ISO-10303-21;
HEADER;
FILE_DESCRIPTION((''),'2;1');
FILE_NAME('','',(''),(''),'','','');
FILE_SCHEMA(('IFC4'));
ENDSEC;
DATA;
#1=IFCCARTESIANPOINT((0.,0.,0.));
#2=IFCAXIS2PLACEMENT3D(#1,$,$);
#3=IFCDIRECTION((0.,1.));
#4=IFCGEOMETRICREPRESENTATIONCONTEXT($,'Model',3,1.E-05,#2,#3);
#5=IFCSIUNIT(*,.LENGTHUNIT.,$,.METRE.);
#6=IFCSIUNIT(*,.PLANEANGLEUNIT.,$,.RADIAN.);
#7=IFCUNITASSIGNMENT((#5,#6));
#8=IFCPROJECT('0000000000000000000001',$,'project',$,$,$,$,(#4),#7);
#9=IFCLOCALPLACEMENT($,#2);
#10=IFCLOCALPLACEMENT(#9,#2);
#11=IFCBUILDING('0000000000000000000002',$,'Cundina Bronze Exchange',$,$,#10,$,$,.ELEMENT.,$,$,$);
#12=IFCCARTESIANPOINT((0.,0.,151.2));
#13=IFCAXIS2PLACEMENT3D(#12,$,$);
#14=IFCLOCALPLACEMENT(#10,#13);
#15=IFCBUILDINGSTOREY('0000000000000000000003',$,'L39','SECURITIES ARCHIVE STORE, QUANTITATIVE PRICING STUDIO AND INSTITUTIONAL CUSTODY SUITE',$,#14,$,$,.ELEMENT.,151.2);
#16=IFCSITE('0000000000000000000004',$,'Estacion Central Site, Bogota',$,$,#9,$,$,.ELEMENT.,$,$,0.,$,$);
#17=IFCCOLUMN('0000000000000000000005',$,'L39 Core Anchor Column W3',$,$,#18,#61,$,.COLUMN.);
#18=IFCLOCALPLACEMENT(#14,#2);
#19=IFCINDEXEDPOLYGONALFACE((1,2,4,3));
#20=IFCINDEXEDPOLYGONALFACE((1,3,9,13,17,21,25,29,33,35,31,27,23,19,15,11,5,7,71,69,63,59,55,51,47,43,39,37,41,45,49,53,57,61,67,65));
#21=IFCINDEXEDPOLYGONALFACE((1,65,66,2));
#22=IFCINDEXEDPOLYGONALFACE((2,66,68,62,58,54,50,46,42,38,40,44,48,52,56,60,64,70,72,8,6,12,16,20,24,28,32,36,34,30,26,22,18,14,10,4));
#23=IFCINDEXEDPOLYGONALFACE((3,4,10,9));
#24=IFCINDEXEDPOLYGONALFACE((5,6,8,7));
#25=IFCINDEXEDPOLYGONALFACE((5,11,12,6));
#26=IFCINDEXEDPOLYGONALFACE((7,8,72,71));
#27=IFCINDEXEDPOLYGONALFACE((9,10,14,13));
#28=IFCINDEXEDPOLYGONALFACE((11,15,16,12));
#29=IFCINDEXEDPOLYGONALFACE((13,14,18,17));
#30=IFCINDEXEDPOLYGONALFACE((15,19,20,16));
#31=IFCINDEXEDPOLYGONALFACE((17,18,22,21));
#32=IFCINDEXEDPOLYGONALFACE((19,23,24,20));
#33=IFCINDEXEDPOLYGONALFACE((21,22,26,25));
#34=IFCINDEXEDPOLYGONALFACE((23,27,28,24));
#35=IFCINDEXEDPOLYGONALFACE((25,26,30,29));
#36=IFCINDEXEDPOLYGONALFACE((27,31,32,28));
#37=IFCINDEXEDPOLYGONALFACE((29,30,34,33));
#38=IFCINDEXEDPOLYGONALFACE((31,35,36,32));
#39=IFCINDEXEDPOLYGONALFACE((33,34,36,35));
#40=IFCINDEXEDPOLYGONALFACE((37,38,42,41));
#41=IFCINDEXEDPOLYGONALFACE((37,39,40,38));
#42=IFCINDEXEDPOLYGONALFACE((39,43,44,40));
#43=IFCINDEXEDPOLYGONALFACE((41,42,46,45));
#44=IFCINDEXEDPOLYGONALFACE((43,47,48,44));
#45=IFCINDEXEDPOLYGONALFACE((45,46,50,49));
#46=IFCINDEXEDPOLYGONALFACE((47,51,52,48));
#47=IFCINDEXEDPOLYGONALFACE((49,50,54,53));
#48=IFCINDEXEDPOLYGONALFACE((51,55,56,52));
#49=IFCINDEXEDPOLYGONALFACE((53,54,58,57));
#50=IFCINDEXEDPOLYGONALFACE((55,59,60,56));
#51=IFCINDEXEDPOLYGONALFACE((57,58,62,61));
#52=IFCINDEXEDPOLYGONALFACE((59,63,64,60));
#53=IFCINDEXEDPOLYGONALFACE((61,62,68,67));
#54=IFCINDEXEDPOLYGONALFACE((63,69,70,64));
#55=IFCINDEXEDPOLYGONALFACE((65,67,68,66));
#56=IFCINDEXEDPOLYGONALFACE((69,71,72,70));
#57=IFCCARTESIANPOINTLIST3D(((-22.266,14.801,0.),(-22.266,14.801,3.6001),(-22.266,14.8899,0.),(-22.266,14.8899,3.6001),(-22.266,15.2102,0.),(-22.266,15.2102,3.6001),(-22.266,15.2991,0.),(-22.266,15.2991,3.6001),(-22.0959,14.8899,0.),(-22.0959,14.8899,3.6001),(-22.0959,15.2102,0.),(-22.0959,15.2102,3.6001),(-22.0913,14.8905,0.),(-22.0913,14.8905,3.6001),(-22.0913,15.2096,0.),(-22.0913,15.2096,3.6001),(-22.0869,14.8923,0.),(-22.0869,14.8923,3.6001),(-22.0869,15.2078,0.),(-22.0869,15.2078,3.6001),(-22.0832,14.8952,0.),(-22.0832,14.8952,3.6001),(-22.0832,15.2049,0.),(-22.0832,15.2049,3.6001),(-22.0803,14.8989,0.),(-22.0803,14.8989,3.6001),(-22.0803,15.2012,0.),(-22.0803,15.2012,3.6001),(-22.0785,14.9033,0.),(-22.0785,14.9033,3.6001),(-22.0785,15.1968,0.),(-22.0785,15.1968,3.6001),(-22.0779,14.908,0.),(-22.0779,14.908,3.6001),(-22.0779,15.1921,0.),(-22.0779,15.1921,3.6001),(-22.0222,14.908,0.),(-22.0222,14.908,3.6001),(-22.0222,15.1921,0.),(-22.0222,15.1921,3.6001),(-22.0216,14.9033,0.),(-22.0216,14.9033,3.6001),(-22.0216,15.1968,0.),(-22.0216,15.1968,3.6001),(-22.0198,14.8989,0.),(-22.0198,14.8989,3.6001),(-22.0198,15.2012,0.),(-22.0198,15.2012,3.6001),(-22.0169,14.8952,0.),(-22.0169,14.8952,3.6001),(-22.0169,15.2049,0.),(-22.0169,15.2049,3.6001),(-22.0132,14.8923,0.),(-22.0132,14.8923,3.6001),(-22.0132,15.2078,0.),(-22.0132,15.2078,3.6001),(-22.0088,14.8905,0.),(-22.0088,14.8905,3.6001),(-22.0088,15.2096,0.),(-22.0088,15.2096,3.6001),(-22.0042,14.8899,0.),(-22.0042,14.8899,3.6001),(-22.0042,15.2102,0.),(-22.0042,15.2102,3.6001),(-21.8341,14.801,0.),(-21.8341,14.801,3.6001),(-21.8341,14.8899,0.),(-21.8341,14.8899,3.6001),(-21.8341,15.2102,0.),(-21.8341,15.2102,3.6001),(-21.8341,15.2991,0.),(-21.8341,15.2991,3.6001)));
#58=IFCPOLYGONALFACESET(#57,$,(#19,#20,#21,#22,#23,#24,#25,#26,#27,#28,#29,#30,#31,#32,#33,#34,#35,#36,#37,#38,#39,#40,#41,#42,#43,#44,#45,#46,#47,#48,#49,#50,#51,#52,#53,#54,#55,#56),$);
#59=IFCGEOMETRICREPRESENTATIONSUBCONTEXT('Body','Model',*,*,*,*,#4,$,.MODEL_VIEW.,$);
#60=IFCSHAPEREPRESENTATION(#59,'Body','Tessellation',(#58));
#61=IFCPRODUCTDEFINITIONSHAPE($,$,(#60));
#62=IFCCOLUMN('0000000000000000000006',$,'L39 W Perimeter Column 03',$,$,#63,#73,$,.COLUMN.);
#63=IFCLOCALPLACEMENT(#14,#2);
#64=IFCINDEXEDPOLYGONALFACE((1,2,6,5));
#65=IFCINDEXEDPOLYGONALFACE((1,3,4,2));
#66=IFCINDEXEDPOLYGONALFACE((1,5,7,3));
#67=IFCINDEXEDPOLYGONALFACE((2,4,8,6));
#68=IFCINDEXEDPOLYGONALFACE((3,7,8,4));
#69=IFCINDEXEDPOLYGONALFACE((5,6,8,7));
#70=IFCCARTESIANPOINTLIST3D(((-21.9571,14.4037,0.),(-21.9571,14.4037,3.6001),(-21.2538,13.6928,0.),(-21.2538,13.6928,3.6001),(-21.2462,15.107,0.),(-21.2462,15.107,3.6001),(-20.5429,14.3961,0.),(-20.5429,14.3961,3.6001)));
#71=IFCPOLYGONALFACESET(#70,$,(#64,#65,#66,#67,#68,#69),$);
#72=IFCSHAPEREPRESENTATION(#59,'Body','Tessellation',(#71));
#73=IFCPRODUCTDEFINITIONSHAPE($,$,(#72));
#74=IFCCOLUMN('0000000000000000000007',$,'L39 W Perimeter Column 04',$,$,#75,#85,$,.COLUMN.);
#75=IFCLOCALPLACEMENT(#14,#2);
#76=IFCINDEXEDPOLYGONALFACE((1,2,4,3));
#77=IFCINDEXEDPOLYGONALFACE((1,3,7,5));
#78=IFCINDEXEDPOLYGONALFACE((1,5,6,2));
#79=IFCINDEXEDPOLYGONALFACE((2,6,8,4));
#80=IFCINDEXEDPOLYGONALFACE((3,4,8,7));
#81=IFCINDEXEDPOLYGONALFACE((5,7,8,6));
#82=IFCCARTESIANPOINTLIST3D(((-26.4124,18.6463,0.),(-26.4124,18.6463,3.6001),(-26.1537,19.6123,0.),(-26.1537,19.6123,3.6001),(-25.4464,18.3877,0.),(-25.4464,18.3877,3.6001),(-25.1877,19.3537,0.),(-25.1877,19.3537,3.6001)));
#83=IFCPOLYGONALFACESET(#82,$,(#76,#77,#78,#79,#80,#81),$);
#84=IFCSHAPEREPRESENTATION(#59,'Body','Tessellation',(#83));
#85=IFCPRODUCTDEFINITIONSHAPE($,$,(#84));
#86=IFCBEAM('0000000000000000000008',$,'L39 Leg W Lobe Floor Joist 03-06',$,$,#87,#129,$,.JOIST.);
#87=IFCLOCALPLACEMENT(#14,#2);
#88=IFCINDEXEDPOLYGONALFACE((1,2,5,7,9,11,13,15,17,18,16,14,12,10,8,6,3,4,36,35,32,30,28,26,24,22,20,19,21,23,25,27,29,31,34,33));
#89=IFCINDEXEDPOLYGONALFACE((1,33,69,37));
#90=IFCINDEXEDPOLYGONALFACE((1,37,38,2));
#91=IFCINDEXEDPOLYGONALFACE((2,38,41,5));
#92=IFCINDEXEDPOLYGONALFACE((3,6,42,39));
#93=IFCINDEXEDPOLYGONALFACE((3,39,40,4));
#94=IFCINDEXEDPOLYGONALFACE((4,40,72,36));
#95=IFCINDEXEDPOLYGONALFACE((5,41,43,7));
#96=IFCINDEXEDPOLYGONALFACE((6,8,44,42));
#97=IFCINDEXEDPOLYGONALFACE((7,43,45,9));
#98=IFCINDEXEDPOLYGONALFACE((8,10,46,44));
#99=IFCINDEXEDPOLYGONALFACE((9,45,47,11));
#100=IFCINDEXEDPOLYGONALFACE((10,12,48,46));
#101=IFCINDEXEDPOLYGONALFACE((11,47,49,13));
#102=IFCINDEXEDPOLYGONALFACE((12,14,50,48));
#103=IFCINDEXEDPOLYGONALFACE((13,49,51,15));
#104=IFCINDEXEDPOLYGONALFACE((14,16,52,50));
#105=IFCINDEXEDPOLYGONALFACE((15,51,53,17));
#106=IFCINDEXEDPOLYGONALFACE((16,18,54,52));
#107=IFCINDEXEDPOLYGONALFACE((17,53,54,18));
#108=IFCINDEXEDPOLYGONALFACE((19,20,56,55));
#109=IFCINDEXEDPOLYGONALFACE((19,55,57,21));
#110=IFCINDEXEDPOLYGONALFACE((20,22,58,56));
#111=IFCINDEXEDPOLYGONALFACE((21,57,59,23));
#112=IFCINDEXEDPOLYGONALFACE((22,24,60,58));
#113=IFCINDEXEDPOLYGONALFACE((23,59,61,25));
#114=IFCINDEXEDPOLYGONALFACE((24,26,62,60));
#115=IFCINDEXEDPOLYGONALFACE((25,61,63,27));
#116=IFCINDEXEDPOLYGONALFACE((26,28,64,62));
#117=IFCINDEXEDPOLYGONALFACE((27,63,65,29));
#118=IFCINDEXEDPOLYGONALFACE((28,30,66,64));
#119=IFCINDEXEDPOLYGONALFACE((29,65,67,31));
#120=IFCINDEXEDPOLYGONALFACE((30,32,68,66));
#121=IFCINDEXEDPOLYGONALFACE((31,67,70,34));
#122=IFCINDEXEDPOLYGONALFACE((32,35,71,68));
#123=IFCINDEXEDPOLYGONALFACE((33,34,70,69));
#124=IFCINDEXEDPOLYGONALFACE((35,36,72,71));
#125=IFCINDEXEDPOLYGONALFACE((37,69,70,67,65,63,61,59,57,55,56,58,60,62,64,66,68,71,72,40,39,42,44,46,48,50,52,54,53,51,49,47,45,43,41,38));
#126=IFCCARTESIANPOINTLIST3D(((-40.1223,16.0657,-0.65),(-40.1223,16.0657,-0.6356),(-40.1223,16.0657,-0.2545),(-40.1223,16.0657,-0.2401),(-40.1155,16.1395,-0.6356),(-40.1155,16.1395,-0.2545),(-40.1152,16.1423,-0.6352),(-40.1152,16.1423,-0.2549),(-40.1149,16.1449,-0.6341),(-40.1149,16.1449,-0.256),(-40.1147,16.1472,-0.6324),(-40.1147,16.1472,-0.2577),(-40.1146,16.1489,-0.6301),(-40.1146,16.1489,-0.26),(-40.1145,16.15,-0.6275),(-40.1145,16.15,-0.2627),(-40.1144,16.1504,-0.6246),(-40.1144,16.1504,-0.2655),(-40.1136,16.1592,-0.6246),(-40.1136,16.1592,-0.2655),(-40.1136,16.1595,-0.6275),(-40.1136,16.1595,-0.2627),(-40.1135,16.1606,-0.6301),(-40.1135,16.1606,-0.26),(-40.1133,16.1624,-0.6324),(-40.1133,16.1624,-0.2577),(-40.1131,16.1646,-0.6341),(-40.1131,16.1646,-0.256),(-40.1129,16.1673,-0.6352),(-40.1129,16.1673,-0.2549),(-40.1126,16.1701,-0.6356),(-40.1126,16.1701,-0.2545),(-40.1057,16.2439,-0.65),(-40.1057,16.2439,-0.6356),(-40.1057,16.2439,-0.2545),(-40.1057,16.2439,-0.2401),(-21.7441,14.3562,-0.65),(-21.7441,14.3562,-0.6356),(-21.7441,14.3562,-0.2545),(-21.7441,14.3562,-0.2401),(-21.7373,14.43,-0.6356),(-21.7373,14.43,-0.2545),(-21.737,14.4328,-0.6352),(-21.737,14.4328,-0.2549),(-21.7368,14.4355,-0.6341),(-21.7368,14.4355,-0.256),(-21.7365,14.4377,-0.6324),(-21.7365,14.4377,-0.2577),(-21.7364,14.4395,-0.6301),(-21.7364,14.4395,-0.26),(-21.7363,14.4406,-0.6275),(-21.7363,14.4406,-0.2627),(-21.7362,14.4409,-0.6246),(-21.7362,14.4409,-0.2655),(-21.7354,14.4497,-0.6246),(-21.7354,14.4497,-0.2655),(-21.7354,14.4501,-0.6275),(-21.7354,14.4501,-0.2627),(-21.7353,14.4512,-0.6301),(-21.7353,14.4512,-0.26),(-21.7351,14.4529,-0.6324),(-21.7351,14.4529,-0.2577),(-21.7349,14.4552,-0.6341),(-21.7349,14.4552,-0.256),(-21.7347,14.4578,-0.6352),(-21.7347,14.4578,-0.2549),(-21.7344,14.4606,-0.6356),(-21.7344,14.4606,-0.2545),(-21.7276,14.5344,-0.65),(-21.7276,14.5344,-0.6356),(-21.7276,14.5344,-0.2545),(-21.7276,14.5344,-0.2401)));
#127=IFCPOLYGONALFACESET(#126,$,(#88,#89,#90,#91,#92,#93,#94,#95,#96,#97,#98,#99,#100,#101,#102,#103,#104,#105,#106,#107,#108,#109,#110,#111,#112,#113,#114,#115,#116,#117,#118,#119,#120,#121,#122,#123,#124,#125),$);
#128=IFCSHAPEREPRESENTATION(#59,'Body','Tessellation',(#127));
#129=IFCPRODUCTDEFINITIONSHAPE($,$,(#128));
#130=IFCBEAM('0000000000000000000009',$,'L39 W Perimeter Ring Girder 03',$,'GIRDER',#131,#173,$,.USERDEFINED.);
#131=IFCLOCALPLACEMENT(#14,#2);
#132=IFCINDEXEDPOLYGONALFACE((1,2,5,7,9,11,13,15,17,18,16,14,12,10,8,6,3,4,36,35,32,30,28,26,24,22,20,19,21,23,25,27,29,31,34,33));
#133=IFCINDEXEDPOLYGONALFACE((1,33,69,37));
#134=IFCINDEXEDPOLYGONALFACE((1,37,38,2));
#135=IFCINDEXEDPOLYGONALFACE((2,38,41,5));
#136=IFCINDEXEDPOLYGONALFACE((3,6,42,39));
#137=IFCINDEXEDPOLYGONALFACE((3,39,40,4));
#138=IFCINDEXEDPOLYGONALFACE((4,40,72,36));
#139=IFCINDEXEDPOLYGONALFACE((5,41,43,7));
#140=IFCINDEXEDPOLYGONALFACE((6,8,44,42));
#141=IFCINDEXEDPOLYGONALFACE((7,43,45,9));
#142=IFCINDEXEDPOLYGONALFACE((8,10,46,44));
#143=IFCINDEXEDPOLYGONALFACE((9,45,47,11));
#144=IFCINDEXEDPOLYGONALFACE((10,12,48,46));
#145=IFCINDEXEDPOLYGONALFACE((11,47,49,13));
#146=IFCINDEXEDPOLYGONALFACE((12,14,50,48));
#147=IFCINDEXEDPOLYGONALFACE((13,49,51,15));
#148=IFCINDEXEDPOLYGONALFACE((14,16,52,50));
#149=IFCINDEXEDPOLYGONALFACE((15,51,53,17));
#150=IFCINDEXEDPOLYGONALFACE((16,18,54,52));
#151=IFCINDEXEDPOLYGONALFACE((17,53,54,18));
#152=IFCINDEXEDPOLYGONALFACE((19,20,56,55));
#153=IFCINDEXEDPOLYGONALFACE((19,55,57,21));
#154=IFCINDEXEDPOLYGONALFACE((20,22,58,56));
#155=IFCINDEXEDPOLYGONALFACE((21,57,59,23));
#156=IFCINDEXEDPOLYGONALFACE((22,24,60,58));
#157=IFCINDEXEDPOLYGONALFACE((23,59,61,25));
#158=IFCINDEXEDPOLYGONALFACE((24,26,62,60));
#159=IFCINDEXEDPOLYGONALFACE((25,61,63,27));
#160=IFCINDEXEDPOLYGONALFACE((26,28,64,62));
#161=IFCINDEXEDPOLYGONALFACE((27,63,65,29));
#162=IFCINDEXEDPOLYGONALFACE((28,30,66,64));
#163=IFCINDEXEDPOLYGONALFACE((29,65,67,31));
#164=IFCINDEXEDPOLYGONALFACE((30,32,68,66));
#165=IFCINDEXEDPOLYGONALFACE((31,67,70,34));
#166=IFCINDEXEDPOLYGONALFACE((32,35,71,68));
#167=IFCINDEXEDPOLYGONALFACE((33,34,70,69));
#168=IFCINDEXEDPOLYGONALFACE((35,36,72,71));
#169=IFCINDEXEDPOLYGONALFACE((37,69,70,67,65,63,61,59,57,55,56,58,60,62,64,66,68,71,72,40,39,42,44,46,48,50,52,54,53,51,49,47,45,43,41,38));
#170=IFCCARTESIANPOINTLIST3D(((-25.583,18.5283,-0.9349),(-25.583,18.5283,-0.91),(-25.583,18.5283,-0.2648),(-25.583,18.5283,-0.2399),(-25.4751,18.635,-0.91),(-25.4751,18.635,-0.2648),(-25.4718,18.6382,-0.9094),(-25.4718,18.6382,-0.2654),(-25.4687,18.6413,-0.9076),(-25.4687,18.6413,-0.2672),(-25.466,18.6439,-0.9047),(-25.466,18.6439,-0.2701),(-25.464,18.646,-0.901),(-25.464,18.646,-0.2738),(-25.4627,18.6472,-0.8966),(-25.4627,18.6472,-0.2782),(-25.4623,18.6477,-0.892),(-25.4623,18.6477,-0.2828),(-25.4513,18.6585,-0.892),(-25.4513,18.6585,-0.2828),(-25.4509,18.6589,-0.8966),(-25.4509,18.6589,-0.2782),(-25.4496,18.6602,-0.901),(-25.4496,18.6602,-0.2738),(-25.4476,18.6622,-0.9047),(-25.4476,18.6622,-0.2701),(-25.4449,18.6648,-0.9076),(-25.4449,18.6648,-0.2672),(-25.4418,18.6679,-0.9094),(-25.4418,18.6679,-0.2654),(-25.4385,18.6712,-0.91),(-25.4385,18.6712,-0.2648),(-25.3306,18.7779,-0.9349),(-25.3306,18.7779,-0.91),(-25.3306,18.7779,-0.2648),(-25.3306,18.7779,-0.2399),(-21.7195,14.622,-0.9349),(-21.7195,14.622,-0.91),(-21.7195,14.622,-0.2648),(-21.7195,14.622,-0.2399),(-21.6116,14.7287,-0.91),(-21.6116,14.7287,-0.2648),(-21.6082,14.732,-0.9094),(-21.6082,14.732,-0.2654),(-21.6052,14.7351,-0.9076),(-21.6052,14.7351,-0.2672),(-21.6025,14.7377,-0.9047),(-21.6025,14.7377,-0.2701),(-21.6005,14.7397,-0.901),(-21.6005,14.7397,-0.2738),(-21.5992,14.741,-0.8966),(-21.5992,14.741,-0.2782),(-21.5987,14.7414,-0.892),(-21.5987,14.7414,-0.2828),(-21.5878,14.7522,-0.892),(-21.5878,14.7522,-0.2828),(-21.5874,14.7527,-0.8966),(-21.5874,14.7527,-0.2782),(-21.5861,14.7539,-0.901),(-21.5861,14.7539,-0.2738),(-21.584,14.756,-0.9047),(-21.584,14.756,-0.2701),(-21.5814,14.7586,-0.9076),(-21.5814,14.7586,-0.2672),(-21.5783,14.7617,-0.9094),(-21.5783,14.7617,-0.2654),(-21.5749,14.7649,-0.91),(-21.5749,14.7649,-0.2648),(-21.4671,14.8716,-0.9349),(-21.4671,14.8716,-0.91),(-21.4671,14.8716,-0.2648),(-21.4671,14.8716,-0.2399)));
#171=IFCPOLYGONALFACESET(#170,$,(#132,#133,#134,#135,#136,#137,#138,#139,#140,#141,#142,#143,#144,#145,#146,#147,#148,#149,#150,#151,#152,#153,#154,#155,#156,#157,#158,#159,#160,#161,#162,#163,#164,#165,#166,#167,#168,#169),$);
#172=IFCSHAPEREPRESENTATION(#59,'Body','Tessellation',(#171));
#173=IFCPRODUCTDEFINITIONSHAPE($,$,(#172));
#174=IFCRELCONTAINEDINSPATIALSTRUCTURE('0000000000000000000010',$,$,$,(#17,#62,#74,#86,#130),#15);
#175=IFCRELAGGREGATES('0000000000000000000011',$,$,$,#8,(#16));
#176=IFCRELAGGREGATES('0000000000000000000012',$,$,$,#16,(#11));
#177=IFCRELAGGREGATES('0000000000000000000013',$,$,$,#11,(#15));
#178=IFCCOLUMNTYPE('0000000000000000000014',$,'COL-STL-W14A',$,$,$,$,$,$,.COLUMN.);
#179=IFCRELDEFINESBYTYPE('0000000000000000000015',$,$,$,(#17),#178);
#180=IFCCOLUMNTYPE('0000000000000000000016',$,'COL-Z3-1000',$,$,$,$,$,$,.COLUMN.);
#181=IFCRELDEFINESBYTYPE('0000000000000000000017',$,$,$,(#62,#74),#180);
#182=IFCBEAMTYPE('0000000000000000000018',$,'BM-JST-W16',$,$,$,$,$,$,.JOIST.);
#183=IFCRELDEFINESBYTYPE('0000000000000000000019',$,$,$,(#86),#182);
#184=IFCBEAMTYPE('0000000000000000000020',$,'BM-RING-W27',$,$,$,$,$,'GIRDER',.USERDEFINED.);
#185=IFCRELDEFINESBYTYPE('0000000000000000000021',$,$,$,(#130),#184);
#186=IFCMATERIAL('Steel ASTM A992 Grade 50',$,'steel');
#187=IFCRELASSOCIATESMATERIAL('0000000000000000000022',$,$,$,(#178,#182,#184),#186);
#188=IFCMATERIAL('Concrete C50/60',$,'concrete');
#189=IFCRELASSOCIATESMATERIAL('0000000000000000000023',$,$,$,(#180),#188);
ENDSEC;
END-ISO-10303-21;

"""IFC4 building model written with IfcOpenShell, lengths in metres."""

from ifc_helpers import new_model, si_unit, direction, frame, origin, origin_2d, place, context, subcontext, project, spatial, rectangle, i_section, extrude, material, material_profile, profile_set, type_object, element, save


model = new_model("IFC4")

# Units and contexts
model_context = context("Model", 3, precision=1e-05, world=origin(), true_north=direction((0.0, 1.0)))
body_context = subcontext(model_context, "Body", "Model", "MODEL_VIEW")
ifc_project = project(units=[si_unit("LENGTHUNIT", "METRE"), si_unit("PLANEANGLEUNIT", "RADIAN")], contexts=[model_context])

# Site, building, storey
site_placement = place(None, origin())
site = spatial("IfcSite", under=ifc_project, at=site_placement, Name="Estacion Central Site, Bogota", CompositionType="ELEMENT", RefElevation=0.0)
building_placement = place(site_placement, origin())
building = spatial("IfcBuilding", under=site, at=building_placement, Name="Cundina Bronze Exchange", CompositionType="ELEMENT")
storey_placement = place(building_placement, frame((0.0, 0.0, 151.2)))
storey = spatial("IfcBuildingStorey", under=building, at=storey_placement, Name="L39", Description="SECURITIES ARCHIVE STORE, QUANTITATIVE PRICING STUDIO AND INSTITUTIONAL CUSTODY SUITE", CompositionType="ELEMENT", Elevation=151.2)

# Columns
ifc_material_1 = material(Name="Steel ASTM A992 Grade 50", Category="steel")
ifc_material_profile_1 = material_profile(ifc_material_1, i_section(OverallWidth=0.4319, OverallDepth=0.498, WebThickness=0.0557, FlangeThickness=0.0889, FilletRadius=0.0181, at=origin_2d()), Name="W14X500", Category="steel")
ifc_profile_set_1 = profile_set([ifc_material_profile_1], Name="Steel ASTM A992 Grade 50")
column_type_1 = type_object("IfcColumnType", Name="COL-STL-W14A", PredefinedType="COLUMN", material=ifc_profile_set_1)
column_placement = place(storey_placement, frame((-22.05, 15.05, 0.0), z_axis=(0.0, 0.0, 1.0), x_axis=(1.0, 0.0, 0.0)))
element("IfcColumn", 1, at=column_placement, inside=storey, type_object=column_type_1, Name="L39 Core Anchor Column W3", PredefinedType="COLUMN", context=body_context, shape_type="SweptSolid", body=[
    extrude(i_section(OverallWidth=0.4319, OverallDepth=0.498, WebThickness=0.0557, FlangeThickness=0.0889, FilletRadius=0.0181, at=origin_2d()), origin(), (0.0, 0.0, 1.0), 3.6001),
])
ifc_material_2 = material(Name="Concrete C50/60", Category="concrete")
ifc_material_profile_2 = material_profile(ifc_material_2, rectangle(XDim=1.0, YDim=1.0, at=origin_2d()), Name="RC1000X1000", Category="concrete")
ifc_profile_set_2 = profile_set([ifc_material_profile_2], Name="Concrete C50/60")
column_type_2 = type_object("IfcColumnType", Name="COL-Z3-1000", PredefinedType="COLUMN", material=ifc_profile_set_2)
for number, where, z_axis, x_axis, name in (
    (2, (-21.25, 14.3999, 0.0), (0.0, 0.0, 1.0), (-0.703271, 0.710922, 0.0), "L39 W Perimeter Column 03"),
    (3, (-25.8, 19.0, 0.0), (0.0, 0.0, 1.0), (-0.965971, 0.25865, 0.0), "L39 W Perimeter Column 04"),
):
    element("IfcColumn", number, at=place(storey_placement, frame(where, z_axis=z_axis, x_axis=x_axis)), inside=storey, type_object=column_type_2, Name=name, PredefinedType="COLUMN", context=body_context, shape_type="SweptSolid", body=[
        extrude(rectangle(XDim=1.0, YDim=1.0, at=origin_2d()), origin(), (0.0, 0.0, 1.0), 3.6001),
    ])

# Beams
ifc_material_profile_3 = material_profile(ifc_material_1, i_section(OverallWidth=0.179, OverallDepth=0.4099, WebThickness=0.0088, FlangeThickness=0.0144, FilletRadius=0.011, at=origin_2d()), Name="W16X45", Category="steel")
ifc_profile_set_3 = profile_set([ifc_material_profile_3], Name="Steel ASTM A992 Grade 50")
beam_type_1 = type_object("IfcBeamType", Name="BM-JST-W16", PredefinedType="JOIST", material=ifc_profile_set_3)
beam_1_placement = place(storey_placement, frame((-21.7358, 14.4453, -0.4451), z_axis=(-0.995702, 0.092617, 0.0), x_axis=(-0.092617, -0.995702, 0.0)))
element("IfcBeam", 4, at=beam_1_placement, inside=storey, type_object=beam_type_1, Name="L39 Leg W Lobe Floor Joist 03-06", PredefinedType="JOIST", context=body_context, shape_type="SweptSolid", body=[
    extrude(i_section(OverallWidth=0.179, OverallDepth=0.4099, WebThickness=0.0088, FlangeThickness=0.0144, FilletRadius=0.011, at=origin_2d()), origin(), (0.0, 0.0, 1.0), 18.4575),
])
ifc_material_profile_4 = material_profile(ifc_material_1, i_section(OverallWidth=0.355, OverallDepth=0.6951, WebThickness=0.0154, FlangeThickness=0.0249, FilletRadius=0.0181, at=origin_2d()), Name="W27X146", Category="steel")
ifc_profile_set_4 = profile_set([ifc_material_profile_4], Name="Steel ASTM A992 Grade 50")
beam_type_2 = type_object("IfcBeamType", Name="BM-RING-W27", ElementType="GIRDER", PredefinedType="USERDEFINED", material=ifc_profile_set_4)
beam_2_placement = place(storey_placement, frame((-21.5933, 14.7468, -0.5874), z_axis=(-0.703208, 0.710984, 0.0), x_axis=(-0.710984, -0.703208, 0.0)))
element("IfcBeam", 5, at=beam_2_placement, inside=storey, type_object=beam_type_2, Name="L39 W Perimeter Ring Girder 03", ObjectType="GIRDER", PredefinedType="USERDEFINED", context=body_context, shape_type="SweptSolid", body=[
    extrude(i_section(OverallWidth=0.355, OverallDepth=0.6951, WebThickness=0.0154, FlangeThickness=0.0249, FilletRadius=0.0181, at=origin_2d()), origin(), (0.0, 0.0, 1.0), 5.4941),
])

save(model, "model.ifc")
